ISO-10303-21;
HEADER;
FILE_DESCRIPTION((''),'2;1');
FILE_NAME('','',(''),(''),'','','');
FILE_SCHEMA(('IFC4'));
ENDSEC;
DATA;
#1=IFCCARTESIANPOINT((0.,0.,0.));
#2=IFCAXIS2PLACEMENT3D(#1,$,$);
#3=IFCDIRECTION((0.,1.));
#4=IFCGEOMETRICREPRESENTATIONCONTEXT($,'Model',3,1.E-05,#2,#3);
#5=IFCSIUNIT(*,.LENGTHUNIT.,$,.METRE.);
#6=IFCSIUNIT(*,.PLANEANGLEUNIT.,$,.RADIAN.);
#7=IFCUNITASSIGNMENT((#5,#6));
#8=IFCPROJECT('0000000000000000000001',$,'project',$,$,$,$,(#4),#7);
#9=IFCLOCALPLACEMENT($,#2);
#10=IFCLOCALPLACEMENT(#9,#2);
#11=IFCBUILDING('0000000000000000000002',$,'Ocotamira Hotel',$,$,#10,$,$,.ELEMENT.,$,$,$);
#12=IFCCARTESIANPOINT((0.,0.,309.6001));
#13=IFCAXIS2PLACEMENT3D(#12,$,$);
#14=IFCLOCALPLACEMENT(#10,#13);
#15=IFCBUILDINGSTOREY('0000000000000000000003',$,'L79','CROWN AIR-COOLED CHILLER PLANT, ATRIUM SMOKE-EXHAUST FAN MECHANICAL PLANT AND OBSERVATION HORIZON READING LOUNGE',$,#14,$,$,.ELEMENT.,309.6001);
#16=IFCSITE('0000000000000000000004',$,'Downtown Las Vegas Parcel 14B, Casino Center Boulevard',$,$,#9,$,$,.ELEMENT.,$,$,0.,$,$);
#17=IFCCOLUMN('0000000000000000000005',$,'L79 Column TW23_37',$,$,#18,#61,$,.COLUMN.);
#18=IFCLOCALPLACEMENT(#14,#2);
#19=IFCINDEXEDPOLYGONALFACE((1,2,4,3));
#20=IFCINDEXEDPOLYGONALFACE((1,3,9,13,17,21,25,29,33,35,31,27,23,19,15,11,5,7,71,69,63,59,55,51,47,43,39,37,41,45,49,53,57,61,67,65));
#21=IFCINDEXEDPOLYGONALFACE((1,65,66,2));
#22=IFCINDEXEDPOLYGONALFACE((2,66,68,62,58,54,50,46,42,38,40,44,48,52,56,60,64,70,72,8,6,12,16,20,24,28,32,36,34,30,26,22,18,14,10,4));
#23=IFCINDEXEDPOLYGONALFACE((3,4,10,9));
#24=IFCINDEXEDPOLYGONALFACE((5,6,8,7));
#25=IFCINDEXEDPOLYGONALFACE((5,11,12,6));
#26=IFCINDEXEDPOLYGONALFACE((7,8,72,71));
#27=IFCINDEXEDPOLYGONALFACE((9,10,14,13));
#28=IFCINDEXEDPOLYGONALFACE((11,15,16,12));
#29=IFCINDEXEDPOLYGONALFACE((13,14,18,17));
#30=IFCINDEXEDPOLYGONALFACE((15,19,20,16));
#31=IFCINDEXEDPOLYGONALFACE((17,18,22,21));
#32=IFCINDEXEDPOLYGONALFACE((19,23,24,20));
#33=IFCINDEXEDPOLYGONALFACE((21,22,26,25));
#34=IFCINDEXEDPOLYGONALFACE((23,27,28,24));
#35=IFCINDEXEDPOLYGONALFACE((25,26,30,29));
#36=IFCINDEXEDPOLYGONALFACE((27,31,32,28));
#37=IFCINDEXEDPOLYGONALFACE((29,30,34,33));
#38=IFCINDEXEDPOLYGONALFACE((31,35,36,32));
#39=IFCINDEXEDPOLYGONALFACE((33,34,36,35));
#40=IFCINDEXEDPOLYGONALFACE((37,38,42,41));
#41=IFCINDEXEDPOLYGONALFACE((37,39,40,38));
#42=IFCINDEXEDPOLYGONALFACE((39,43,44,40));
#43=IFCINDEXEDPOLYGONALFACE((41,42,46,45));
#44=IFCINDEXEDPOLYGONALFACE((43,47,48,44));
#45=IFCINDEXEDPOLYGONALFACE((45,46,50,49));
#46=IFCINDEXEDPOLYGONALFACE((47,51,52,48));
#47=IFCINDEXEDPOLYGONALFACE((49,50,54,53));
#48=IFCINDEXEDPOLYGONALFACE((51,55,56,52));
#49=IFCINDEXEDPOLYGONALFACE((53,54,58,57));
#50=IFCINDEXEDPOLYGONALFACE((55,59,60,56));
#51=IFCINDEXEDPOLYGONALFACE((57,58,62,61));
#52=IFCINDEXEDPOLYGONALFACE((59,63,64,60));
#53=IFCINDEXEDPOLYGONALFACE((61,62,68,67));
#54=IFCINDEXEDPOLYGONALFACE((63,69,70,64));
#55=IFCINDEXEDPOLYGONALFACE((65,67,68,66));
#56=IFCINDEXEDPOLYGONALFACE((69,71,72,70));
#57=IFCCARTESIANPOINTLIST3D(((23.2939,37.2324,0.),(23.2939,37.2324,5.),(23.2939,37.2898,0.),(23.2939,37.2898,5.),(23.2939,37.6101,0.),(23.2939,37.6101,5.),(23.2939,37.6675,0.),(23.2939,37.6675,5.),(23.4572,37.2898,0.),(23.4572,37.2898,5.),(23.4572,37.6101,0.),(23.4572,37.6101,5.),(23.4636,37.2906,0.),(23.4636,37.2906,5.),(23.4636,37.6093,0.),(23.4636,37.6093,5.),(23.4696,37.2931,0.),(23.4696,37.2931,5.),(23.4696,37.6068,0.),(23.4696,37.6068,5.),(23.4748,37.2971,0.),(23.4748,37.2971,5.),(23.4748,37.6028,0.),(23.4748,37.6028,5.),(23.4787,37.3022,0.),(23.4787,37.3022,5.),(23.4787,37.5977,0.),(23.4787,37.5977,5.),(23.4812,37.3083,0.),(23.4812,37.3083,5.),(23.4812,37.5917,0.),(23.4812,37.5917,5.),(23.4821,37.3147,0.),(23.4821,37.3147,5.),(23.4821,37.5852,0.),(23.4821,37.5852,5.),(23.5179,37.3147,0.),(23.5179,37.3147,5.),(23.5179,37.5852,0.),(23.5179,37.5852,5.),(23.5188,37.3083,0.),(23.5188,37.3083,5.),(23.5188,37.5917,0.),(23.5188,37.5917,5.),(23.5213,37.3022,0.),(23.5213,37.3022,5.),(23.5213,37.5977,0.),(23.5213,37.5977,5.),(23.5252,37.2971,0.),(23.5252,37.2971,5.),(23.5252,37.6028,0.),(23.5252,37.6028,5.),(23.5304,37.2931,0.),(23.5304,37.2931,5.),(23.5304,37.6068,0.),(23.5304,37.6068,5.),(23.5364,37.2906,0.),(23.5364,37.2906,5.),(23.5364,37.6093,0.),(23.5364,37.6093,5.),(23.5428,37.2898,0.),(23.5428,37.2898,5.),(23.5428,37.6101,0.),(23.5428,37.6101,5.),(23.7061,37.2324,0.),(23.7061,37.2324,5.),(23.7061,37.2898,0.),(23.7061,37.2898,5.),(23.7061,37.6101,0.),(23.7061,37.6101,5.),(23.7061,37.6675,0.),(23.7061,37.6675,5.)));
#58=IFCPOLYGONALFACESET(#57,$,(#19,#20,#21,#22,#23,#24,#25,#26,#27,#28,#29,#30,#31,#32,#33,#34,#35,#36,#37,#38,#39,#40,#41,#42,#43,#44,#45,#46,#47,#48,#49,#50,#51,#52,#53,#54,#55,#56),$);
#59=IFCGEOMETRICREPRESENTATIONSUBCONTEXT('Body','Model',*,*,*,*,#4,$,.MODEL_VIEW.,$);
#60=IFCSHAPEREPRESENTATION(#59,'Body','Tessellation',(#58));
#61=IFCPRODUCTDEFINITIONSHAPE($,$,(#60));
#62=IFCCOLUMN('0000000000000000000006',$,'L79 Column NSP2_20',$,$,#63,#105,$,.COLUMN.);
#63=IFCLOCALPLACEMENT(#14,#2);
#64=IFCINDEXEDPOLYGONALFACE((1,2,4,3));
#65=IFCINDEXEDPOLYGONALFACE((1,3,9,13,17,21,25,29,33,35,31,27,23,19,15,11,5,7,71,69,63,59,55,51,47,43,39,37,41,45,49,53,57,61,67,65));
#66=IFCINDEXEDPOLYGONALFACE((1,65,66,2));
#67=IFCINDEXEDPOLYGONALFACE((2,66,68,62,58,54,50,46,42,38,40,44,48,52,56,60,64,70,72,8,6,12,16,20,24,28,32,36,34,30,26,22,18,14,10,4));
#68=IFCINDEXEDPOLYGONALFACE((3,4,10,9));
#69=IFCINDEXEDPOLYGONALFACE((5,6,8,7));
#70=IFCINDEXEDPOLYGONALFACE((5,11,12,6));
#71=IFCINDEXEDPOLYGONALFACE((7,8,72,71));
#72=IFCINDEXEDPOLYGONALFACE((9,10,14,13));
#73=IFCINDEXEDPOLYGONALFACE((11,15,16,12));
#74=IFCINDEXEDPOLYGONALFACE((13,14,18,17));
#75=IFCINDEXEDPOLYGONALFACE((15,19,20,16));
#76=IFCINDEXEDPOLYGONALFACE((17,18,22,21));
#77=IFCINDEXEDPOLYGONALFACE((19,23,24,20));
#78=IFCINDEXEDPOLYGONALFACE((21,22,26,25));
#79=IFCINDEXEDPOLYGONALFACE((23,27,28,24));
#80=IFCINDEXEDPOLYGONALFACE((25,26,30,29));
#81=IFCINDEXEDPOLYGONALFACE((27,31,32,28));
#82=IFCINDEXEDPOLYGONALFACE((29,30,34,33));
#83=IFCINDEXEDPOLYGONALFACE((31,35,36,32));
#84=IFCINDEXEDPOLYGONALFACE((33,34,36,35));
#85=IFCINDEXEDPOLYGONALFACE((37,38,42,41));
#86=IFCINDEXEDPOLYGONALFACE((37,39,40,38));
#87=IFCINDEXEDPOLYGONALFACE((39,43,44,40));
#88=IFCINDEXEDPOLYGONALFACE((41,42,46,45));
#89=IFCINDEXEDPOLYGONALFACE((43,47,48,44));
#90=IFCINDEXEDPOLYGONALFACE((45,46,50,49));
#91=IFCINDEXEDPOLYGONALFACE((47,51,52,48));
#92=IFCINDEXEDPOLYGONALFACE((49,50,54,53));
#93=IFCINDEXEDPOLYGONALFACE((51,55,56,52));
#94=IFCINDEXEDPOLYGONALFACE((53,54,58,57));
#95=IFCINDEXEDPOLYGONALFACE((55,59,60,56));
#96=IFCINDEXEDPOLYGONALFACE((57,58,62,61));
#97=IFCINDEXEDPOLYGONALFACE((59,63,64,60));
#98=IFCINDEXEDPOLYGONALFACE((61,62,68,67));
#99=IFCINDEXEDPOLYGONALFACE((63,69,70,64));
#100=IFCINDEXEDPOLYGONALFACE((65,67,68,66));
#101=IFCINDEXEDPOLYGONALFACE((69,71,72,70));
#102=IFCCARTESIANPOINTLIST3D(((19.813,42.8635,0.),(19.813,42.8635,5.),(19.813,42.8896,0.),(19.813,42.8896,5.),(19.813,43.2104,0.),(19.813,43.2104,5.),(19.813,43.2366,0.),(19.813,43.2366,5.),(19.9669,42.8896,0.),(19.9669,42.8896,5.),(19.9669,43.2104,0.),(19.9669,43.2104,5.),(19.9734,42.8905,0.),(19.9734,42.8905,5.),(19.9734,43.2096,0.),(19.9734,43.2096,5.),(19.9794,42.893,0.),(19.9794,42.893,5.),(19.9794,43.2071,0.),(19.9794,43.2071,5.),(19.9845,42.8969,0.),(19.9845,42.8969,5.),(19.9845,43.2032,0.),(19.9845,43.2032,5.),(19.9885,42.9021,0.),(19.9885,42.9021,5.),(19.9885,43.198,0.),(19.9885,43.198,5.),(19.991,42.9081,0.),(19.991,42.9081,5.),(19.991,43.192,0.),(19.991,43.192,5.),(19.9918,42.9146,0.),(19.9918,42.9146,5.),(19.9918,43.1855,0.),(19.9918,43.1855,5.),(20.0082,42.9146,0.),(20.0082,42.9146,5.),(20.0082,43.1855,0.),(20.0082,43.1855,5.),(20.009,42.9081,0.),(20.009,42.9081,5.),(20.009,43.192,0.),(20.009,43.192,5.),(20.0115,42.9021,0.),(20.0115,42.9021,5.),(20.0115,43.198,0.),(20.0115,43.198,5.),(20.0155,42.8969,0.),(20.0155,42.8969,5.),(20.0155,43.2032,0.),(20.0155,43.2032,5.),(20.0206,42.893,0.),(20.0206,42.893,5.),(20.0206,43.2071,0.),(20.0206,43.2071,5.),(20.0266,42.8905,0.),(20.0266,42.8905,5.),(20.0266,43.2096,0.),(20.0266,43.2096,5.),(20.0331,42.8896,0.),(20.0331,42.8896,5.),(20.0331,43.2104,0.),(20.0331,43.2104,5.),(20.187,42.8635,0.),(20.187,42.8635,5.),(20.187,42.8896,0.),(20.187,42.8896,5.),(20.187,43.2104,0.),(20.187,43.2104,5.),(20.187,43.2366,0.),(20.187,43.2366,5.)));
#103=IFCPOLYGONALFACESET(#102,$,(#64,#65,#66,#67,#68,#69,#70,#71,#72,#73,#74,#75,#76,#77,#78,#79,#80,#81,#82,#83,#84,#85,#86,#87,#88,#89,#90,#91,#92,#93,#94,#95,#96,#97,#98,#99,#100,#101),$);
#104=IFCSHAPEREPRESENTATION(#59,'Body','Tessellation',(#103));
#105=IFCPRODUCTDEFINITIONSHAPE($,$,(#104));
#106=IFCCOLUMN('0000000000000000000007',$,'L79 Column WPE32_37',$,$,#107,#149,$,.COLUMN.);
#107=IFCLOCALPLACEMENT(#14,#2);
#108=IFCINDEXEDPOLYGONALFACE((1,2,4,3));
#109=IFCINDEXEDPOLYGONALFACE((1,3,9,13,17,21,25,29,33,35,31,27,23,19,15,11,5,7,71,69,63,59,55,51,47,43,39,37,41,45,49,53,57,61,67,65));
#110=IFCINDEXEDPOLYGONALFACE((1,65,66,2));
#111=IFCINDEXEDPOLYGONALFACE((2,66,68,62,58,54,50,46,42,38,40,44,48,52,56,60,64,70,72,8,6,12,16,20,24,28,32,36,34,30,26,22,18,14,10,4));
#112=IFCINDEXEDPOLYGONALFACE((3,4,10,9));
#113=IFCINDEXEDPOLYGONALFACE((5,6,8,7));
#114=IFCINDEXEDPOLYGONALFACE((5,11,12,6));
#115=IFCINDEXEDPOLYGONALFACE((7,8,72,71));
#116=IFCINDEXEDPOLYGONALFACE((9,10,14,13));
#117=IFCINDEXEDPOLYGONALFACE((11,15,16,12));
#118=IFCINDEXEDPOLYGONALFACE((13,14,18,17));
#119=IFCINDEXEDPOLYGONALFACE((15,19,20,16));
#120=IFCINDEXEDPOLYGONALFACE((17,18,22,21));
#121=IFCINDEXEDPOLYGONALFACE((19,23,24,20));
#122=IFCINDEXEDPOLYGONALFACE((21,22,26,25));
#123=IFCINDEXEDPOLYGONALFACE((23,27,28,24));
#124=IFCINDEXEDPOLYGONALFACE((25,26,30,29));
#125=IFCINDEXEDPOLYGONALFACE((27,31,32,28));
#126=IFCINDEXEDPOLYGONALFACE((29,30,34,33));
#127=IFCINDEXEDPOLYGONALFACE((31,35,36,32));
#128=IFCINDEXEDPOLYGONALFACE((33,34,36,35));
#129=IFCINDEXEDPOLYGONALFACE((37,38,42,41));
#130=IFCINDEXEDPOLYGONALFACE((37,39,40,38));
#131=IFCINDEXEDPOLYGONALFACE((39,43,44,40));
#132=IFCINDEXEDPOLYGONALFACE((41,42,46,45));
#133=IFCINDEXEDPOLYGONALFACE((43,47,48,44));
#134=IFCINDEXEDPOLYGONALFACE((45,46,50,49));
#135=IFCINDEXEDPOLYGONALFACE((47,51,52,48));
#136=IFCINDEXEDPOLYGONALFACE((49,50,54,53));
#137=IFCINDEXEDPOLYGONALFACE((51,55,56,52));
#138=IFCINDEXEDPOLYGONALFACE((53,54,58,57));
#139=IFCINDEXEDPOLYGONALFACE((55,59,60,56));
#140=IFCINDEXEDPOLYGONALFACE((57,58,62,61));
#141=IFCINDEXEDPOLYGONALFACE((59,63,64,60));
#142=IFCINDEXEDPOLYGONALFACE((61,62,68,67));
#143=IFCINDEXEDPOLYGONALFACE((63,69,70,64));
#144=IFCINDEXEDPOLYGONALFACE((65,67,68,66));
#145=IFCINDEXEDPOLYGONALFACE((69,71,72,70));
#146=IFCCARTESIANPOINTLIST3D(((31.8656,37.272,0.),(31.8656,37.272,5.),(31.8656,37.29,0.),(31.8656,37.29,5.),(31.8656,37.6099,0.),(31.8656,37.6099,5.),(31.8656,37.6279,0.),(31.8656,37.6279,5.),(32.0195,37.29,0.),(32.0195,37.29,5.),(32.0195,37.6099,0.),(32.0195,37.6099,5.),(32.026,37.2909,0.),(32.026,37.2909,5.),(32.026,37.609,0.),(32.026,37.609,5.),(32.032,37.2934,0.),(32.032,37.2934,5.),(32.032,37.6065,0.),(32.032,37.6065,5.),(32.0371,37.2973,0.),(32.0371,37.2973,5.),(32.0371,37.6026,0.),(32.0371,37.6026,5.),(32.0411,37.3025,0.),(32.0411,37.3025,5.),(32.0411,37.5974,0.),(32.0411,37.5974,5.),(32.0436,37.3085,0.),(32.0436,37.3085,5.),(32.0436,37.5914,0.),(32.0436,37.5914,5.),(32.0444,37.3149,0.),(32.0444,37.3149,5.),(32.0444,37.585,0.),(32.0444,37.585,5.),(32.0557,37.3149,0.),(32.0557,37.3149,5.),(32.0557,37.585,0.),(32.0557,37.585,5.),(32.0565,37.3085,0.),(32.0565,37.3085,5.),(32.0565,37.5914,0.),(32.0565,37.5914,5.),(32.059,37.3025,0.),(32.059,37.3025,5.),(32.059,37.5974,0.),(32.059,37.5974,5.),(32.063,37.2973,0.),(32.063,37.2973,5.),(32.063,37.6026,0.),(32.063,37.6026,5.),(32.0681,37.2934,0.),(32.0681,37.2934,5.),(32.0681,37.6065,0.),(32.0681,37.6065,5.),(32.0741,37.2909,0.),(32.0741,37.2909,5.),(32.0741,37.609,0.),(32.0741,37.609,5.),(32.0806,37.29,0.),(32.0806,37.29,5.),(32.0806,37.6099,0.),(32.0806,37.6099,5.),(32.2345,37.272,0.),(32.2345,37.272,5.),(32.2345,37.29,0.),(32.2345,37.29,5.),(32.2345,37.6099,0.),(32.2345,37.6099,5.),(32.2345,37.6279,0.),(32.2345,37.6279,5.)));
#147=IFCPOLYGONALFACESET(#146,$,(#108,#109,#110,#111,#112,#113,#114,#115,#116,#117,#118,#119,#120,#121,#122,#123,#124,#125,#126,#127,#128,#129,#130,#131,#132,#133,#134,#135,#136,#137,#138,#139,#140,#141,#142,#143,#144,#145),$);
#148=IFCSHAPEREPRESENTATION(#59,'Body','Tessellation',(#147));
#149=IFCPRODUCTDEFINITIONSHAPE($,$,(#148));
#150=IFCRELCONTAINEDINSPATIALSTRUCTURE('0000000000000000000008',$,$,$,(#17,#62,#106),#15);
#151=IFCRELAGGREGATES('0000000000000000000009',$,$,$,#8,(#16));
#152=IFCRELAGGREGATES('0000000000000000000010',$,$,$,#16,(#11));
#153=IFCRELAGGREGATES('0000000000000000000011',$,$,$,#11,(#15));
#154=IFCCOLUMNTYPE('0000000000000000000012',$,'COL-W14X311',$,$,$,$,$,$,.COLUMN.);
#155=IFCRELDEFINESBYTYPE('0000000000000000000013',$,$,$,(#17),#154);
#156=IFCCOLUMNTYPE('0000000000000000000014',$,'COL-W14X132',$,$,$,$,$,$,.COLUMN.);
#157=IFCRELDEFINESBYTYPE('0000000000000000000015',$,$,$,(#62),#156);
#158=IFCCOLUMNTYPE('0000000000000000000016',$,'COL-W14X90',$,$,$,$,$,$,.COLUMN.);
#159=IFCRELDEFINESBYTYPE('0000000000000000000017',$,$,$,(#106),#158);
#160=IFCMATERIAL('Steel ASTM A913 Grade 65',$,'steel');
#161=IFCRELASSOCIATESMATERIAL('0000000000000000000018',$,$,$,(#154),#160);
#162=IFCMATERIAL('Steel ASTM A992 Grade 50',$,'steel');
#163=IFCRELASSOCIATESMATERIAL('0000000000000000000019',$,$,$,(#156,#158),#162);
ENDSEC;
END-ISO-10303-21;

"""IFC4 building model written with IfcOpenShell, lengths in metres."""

from ifc_helpers import new_model, si_unit, direction, frame, origin, origin_2d, place, context, subcontext, project, spatial, i_section, extrude, source, transform, mapped, material, material_profile, profile_set, type_object, element, save


model = new_model("IFC4")

# Units and contexts
model_context = context("Model", 3, precision=1e-05, world=origin(), true_north=direction((0.0, 1.0)))
body_context = subcontext(model_context, "Body", "Model", "MODEL_VIEW")
ifc_project = project(units=[si_unit("LENGTHUNIT", "METRE"), si_unit("PLANEANGLEUNIT", "RADIAN")], contexts=[model_context])

# Site, building, storey
site_placement = place(None, origin())
site = spatial("IfcSite", under=ifc_project, at=site_placement, Name="Downtown Las Vegas Parcel 14B, Casino Center Boulevard", CompositionType="ELEMENT", RefElevation=0.0)
building_placement = place(site_placement, origin())
building = spatial("IfcBuilding", under=site, at=building_placement, Name="Ocotamira Hotel", CompositionType="ELEMENT")
storey_placement = place(building_placement, frame((0.0, 0.0, 309.6001)))
storey = spatial("IfcBuildingStorey", under=building, at=storey_placement, Name="L79", Description="CROWN AIR-COOLED CHILLER PLANT, ATRIUM SMOKE-EXHAUST FAN MECHANICAL PLANT AND OBSERVATION HORIZON READING LOUNGE", CompositionType="ELEMENT", Elevation=309.6001)

# Columns
ifc_material_1 = material(Name="Steel ASTM A913 Grade 65", Category="steel")
ifc_material_profile_1 = material_profile(ifc_material_1, i_section(OverallWidth=0.4121, OverallDepth=0.4351, WebThickness=0.0359, FlangeThickness=0.0574, FilletRadius=0.0249, at=origin_2d()), Name="W14X311")
ifc_profile_set_1 = profile_set([ifc_material_profile_1], Name="Steel ASTM A913 Grade 65")
column_type_1 = type_object("IfcColumnType", Name="COL-W14X311", PredefinedType="COLUMN", material=ifc_profile_set_1)
shared_shape_1 = source(origin(), body_context, "Body", "SweptSolid", [
    extrude(i_section(OverallWidth=0.4121, OverallDepth=0.4351, WebThickness=0.0359, FlangeThickness=0.0574, FilletRadius=0.0249, at=origin_2d()), origin(), (0.0, 0.0, 1.0), 5.0),
])
column_1_placement = place(storey_placement, frame((23.5, 37.45, 0.0), z_axis=(0.0, 0.0, 1.0), x_axis=(1.0, 0.0, 0.0)))
element("IfcColumn", 1, at=column_1_placement, inside=storey, type_object=column_type_1, Name="L79 Column TW23_37", PredefinedType="COLUMN", context=body_context, shape_type="MappedRepresentation", body=[
    mapped(shared_shape_1, transform((0.0, 0.0, 0.0), scale=1.0)),
])
ifc_material_2 = material(Name="Steel ASTM A992 Grade 50", Category="steel")
ifc_material_profile_2 = material_profile(ifc_material_2, i_section(OverallWidth=0.374, OverallDepth=0.373, WebThickness=0.0164, FlangeThickness=0.0261, FilletRadius=0.0249, at=origin_2d()), Name="W14X132")
ifc_profile_set_2 = profile_set([ifc_material_profile_2], Name="Steel ASTM A992 Grade 50")
column_type_2 = type_object("IfcColumnType", Name="COL-W14X132", PredefinedType="COLUMN", material=ifc_profile_set_2)
shared_shape_2 = source(origin(), body_context, "Body", "SweptSolid", [
    extrude(i_section(OverallWidth=0.374, OverallDepth=0.373, WebThickness=0.0164, FlangeThickness=0.0261, FilletRadius=0.0249, at=origin_2d()), origin(), (0.0, 0.0, 1.0), 5.0),
])
column_2_placement = place(storey_placement, frame((20.0, 43.05, 0.0), z_axis=(0.0, 0.0, 1.0), x_axis=(1.0, 0.0, 0.0)))
element("IfcColumn", 2, at=column_2_placement, inside=storey, type_object=column_type_2, Name="L79 Column NSP2_20", PredefinedType="COLUMN", context=body_context, shape_type="MappedRepresentation", body=[
    mapped(shared_shape_2, transform((0.0, 0.0, 0.0), scale=1.0)),
])
ifc_material_profile_3 = material_profile(ifc_material_2, i_section(OverallWidth=0.3689, OverallDepth=0.356, WebThickness=0.0112, FlangeThickness=0.0181, FilletRadius=0.0249, at=origin_2d()), Name="W14X90")
ifc_profile_set_3 = profile_set([ifc_material_profile_3], Name="Steel ASTM A992 Grade 50")
column_type_3 = type_object("IfcColumnType", Name="COL-W14X90", PredefinedType="COLUMN", material=ifc_profile_set_3)
shared_shape_3 = source(origin(), body_context, "Body", "SweptSolid", [
    extrude(i_section(OverallWidth=0.3689, OverallDepth=0.356, WebThickness=0.0112, FlangeThickness=0.0181, FilletRadius=0.0249, at=origin_2d()), origin(), (0.0, 0.0, 1.0), 5.0),
])
column_3_placement = place(storey_placement, frame((32.05, 37.45, 0.0), z_axis=(0.0, 0.0, 1.0), x_axis=(1.0, 0.0, 0.0)))
element("IfcColumn", 3, at=column_3_placement, inside=storey, type_object=column_type_3, Name="L79 Column WPE32_37", PredefinedType="COLUMN", context=body_context, shape_type="MappedRepresentation", body=[
    mapped(shared_shape_3, transform((0.0, 0.0, 0.0), scale=1.0)),
])

save(model, "model.ifc")
